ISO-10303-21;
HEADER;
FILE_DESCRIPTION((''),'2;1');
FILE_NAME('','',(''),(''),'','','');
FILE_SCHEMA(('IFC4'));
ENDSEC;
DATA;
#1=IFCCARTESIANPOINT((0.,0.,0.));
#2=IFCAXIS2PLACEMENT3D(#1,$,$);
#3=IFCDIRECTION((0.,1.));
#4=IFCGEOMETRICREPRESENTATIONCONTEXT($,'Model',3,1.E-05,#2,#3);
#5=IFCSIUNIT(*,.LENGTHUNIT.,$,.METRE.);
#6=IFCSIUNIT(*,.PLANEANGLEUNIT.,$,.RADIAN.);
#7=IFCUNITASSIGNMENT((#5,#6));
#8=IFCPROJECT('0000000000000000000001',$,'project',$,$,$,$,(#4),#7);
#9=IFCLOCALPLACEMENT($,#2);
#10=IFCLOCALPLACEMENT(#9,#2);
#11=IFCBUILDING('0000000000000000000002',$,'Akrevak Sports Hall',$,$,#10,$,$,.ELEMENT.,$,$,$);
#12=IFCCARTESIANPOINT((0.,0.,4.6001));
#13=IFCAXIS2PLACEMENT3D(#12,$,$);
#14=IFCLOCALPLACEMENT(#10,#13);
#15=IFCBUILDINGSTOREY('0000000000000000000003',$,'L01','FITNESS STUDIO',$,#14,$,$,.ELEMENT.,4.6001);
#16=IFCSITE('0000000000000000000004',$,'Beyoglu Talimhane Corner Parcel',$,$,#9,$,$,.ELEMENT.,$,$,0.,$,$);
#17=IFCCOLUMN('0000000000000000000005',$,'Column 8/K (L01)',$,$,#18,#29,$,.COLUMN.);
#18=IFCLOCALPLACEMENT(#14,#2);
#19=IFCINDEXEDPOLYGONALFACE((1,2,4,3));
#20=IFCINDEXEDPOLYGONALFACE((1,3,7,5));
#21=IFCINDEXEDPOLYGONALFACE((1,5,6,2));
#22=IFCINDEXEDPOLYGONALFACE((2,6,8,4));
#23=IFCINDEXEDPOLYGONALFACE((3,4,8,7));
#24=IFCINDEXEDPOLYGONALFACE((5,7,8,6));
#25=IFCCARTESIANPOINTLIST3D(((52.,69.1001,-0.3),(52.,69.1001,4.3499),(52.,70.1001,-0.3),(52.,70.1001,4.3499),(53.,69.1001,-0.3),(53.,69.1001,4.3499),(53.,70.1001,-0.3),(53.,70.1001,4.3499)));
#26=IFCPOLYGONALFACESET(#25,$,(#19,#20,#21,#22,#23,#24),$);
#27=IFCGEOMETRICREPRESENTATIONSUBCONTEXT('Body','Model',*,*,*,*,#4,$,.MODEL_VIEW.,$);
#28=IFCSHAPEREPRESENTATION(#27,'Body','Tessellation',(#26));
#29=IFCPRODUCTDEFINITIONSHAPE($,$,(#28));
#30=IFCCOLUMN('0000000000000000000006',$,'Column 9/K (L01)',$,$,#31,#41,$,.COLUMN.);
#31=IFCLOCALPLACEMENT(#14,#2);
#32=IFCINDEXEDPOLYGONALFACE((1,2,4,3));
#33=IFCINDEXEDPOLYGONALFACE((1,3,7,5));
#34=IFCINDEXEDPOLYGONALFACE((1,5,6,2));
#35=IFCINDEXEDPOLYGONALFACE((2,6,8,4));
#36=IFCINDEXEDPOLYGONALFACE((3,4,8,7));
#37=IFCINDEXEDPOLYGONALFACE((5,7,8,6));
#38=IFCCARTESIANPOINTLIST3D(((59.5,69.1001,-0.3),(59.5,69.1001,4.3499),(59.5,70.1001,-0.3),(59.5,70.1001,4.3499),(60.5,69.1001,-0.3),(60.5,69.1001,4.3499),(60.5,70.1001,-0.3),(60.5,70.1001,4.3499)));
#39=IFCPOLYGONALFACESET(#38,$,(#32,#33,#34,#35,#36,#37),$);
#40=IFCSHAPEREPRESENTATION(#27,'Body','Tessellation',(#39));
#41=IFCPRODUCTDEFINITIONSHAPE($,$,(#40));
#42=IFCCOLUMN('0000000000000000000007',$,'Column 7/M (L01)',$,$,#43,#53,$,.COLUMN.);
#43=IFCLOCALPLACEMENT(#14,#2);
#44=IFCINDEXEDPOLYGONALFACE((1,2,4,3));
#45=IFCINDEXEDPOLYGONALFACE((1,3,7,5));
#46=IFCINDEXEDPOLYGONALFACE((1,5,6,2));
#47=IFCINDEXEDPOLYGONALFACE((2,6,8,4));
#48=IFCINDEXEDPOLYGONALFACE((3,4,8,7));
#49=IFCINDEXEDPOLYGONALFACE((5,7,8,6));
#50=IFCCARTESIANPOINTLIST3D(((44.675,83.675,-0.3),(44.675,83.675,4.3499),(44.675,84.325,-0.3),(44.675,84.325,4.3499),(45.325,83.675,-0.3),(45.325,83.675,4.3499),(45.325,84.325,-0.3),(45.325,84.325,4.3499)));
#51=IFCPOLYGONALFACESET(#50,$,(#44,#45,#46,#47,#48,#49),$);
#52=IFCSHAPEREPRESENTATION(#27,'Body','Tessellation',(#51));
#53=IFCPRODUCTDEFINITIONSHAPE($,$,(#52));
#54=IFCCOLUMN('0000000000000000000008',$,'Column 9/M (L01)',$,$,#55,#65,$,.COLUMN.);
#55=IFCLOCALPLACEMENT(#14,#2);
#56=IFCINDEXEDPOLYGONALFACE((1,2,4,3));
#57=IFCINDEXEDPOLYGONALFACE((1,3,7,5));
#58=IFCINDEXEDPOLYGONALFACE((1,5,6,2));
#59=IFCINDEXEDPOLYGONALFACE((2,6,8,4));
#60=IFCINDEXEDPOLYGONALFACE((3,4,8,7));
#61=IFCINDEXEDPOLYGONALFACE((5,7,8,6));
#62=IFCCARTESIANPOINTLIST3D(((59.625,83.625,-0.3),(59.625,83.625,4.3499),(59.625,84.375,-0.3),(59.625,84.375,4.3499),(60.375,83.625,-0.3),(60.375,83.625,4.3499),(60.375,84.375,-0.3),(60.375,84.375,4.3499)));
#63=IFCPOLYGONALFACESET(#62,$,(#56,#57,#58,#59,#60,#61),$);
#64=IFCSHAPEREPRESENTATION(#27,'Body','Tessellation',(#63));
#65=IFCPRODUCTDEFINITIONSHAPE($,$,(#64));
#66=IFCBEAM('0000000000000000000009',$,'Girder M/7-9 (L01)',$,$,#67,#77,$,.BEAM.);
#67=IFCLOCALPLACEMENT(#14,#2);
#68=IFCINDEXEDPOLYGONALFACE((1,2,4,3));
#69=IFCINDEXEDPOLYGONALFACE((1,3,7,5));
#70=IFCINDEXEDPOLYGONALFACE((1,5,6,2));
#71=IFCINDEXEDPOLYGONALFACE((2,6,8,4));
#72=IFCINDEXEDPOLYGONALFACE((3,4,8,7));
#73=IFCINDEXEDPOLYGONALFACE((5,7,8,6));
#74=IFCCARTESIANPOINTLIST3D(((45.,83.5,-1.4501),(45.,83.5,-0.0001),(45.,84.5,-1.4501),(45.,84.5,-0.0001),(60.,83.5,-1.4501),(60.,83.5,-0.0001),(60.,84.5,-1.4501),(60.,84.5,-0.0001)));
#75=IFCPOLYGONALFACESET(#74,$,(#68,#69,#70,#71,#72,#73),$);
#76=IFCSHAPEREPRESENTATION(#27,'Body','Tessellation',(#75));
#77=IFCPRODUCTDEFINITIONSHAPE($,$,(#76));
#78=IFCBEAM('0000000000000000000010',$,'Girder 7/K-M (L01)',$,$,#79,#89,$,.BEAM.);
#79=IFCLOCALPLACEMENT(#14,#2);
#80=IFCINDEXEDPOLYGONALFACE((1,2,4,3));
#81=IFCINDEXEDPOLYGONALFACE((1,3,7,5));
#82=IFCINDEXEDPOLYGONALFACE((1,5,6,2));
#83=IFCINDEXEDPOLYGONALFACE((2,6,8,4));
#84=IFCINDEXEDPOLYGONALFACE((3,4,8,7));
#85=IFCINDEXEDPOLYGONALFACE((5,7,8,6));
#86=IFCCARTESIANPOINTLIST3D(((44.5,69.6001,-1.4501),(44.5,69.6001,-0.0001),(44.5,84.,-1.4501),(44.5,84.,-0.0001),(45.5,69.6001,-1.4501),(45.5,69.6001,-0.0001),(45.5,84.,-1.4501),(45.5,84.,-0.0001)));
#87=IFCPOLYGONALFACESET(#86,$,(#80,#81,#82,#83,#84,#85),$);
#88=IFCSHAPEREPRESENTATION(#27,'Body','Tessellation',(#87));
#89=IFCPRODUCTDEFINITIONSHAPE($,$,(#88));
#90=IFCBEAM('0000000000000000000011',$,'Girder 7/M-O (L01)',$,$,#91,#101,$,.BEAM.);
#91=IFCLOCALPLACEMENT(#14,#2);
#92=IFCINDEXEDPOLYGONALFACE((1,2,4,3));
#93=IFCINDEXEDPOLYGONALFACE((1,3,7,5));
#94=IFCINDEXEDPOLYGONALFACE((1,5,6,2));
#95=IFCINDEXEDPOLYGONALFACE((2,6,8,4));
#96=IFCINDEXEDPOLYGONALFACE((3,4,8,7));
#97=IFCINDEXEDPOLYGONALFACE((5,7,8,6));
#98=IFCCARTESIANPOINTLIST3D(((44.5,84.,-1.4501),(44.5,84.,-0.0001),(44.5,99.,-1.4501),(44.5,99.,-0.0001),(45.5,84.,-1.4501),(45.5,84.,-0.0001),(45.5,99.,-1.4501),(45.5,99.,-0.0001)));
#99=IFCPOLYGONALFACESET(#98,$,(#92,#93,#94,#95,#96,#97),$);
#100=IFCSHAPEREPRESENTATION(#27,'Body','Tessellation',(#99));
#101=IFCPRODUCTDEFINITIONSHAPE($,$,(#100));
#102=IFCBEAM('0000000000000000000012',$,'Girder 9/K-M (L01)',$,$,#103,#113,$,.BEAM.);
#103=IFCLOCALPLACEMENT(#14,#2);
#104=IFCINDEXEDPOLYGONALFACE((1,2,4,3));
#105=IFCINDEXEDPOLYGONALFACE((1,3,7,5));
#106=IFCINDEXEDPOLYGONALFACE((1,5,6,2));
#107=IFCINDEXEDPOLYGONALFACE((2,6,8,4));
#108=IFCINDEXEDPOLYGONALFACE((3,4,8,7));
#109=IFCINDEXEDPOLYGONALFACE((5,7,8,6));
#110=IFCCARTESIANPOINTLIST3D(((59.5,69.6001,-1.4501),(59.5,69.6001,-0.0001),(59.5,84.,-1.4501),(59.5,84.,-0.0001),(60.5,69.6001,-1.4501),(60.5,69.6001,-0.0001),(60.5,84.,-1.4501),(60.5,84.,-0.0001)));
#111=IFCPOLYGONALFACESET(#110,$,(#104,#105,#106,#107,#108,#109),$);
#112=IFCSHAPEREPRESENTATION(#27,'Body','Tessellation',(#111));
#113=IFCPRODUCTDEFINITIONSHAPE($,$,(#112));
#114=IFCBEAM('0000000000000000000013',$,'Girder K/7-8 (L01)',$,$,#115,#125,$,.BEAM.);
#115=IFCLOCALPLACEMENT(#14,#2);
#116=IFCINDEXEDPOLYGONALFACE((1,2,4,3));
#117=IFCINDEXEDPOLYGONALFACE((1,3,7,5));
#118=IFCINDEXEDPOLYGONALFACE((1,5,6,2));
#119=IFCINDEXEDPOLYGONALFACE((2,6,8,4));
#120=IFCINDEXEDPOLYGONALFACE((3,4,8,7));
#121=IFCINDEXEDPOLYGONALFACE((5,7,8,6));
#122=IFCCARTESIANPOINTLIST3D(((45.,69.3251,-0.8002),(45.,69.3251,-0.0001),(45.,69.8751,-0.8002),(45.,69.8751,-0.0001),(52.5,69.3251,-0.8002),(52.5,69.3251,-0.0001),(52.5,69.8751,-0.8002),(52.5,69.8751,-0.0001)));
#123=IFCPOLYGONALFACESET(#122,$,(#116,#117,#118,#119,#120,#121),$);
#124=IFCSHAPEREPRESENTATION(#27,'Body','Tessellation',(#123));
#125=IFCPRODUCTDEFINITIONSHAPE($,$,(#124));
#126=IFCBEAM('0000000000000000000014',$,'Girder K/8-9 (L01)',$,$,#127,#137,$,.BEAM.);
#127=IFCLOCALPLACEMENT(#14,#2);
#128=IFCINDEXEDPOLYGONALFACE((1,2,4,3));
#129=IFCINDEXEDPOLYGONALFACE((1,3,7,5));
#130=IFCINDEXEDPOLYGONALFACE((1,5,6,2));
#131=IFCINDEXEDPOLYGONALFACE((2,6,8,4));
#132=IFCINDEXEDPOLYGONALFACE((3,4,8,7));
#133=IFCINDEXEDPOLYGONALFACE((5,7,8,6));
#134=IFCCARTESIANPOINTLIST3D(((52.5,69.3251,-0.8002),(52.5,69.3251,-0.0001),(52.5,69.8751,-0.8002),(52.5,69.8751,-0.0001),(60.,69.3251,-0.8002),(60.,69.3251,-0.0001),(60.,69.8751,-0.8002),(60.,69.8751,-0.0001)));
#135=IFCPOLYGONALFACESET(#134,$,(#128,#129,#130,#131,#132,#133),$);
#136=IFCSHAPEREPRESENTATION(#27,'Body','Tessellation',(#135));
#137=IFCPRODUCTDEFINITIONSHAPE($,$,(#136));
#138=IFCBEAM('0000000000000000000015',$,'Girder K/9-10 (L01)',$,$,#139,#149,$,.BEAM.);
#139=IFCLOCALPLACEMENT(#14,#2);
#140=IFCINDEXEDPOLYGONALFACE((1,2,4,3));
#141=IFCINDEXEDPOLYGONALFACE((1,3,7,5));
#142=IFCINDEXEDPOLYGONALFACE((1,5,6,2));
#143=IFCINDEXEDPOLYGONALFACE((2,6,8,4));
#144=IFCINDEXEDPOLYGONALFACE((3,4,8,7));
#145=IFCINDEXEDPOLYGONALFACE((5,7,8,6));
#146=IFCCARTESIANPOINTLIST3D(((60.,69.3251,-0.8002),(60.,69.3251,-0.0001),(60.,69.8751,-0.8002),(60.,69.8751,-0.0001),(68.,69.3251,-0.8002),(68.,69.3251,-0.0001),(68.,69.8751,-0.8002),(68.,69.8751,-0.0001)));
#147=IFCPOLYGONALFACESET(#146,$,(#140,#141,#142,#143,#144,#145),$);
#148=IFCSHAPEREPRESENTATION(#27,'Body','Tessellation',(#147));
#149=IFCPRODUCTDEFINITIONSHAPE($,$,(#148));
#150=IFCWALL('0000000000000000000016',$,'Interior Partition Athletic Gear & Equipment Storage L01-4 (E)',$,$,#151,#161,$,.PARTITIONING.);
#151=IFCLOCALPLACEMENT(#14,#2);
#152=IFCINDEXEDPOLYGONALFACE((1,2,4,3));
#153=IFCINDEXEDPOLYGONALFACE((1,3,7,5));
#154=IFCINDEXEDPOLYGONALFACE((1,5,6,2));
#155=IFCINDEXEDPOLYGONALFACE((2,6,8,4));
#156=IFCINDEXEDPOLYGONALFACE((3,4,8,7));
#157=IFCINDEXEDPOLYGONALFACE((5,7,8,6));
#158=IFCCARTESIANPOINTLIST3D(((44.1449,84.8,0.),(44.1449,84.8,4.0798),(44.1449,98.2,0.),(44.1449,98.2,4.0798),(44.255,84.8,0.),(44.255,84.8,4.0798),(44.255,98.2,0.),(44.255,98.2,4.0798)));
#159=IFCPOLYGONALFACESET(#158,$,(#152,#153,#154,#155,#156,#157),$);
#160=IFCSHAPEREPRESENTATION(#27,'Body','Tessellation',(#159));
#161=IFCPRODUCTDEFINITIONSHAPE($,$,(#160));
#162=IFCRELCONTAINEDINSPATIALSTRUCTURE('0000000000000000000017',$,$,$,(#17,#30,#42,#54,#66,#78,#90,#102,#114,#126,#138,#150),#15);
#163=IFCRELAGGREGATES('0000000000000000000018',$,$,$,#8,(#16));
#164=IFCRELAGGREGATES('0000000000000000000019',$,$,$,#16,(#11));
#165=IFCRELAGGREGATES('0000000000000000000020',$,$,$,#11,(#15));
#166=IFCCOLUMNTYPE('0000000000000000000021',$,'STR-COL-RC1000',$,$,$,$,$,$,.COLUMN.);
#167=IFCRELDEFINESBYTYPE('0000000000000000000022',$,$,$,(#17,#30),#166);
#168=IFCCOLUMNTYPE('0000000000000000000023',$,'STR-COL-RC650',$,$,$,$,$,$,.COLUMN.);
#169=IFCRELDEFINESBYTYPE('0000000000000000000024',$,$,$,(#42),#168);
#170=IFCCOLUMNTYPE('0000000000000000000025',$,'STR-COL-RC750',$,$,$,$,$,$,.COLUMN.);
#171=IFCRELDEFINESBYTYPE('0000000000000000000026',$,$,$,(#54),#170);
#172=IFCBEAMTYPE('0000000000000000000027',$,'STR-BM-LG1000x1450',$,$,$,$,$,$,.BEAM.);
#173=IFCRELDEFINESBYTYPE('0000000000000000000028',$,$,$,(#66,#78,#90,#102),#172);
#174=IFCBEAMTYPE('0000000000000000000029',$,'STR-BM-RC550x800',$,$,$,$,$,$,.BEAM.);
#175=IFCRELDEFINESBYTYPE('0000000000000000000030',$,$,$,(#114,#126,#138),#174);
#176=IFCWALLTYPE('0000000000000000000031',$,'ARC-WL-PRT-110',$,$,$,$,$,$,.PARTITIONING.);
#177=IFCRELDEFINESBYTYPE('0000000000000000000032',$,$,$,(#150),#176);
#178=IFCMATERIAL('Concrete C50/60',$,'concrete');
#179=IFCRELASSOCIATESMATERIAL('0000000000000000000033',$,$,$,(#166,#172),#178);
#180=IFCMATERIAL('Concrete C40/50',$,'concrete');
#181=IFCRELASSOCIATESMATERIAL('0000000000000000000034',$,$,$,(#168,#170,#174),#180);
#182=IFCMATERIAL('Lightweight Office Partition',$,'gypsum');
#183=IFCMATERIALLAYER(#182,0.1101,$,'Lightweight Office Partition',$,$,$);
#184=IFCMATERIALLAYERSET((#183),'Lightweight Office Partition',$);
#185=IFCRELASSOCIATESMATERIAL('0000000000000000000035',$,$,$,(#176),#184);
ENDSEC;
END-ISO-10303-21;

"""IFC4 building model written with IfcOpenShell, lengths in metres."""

from ifc_helpers import new_model, si_unit, direction, frame, frame_2d, origin, origin_2d, place, context, subcontext, project, spatial, rectangle, extrude, material, layer, layer_set, material_profile, profile_set, type_object, element, save


model = new_model("IFC4")

# Units and contexts
model_context = context("Model", 3, precision=1e-05, world=origin(), true_north=direction((0.0, 1.0)))
body_context = subcontext(model_context, "Body", "Model", "MODEL_VIEW")
ifc_project = project(units=[si_unit("LENGTHUNIT", "METRE"), si_unit("PLANEANGLEUNIT", "RADIAN")], contexts=[model_context])

# Site, building, storey
site_placement = place(None, origin())
site = spatial("IfcSite", under=ifc_project, at=site_placement, Name="Beyoglu Talimhane Corner Parcel", CompositionType="ELEMENT", RefElevation=0.0)
building_placement = place(site_placement, origin())
building = spatial("IfcBuilding", under=site, at=building_placement, Name="Akrevak Sports Hall", CompositionType="ELEMENT")
storey_placement = place(building_placement, frame((0.0, 0.0, 4.6001)))
storey = spatial("IfcBuildingStorey", under=building, at=storey_placement, Name="L01", Description="FITNESS STUDIO", CompositionType="ELEMENT", Elevation=4.6001)

# Columns
ifc_material_1 = material(Name="Concrete C50/60", Category="concrete")
ifc_material_profile_1 = material_profile(ifc_material_1, rectangle(XDim=1.0, YDim=1.0, at=origin_2d()), Name="RC 1000x1000", Category="concrete")
ifc_profile_set_1 = profile_set([ifc_material_profile_1], Name="Concrete C50/60")
column_type_1 = type_object("IfcColumnType", Name="STR-COL-RC1000", PredefinedType="COLUMN", material=ifc_profile_set_1)
for number, where, z_axis, x_axis, name in (
    (1, (52.5, 69.6001, -0.3), (0.0, 0.0, 1.0), (1.0, 0.0, 0.0), "Column 8/K (L01)"),
    (2, (60.0, 69.6001, -0.3), (0.0, 0.0, 1.0), (1.0, 0.0, 0.0), "Column 9/K (L01)"),
):
    element("IfcColumn", number, at=place(storey_placement, frame(where, z_axis=z_axis, x_axis=x_axis)), inside=storey, type_object=column_type_1, Name=name, PredefinedType="COLUMN", context=body_context, shape_type="SweptSolid", body=[
        extrude(rectangle(XDim=1.0, YDim=1.0, at=origin_2d()), origin(), (0.0, 0.0, 1.0), 4.6499),
    ])
ifc_material_2 = material(Name="Concrete C40/50", Category="concrete")
ifc_material_profile_2 = material_profile(ifc_material_2, rectangle(XDim=0.6499, YDim=0.6499, at=origin_2d()), Name="RC 650x650", Category="concrete")
ifc_profile_set_2 = profile_set([ifc_material_profile_2], Name="Concrete C40/50")
column_type_2 = type_object("IfcColumnType", Name="STR-COL-RC650", PredefinedType="COLUMN", material=ifc_profile_set_2)
column_1_placement = place(storey_placement, frame((45.0, 84.0, -0.3), z_axis=(0.0, 0.0, 1.0), x_axis=(1.0, 0.0, 0.0)))
element("IfcColumn", 3, at=column_1_placement, inside=storey, type_object=column_type_2, Name="Column 7/M (L01)", PredefinedType="COLUMN", context=body_context, shape_type="SweptSolid", body=[
    extrude(rectangle(XDim=0.6499, YDim=0.6499, at=origin_2d()), origin(), (0.0, 0.0, 1.0), 4.6499),
])
ifc_material_profile_3 = material_profile(ifc_material_2, rectangle(XDim=0.75, YDim=0.75, at=origin_2d()), Name="RC 750x750", Category="concrete")
ifc_profile_set_3 = profile_set([ifc_material_profile_3], Name="Concrete C40/50")
column_type_3 = type_object("IfcColumnType", Name="STR-COL-RC750", PredefinedType="COLUMN", material=ifc_profile_set_3)
column_2_placement = place(storey_placement, frame((60.0, 84.0, -0.3), z_axis=(0.0, 0.0, 1.0), x_axis=(1.0, 0.0, 0.0)))
element("IfcColumn", 4, at=column_2_placement, inside=storey, type_object=column_type_3, Name="Column 9/M (L01)", PredefinedType="COLUMN", context=body_context, shape_type="SweptSolid", body=[
    extrude(rectangle(XDim=0.75, YDim=0.75, at=origin_2d()), origin(), (0.0, 0.0, 1.0), 4.6499),
])

# Beams
ifc_material_profile_4 = material_profile(ifc_material_1, rectangle(XDim=1.0, YDim=1.45, at=origin_2d()), Name="BM 1000x1450", Category="concrete")
ifc_profile_set_4 = profile_set([ifc_material_profile_4], Name="Concrete C50/60")
beam_type_1 = type_object("IfcBeamType", Name="STR-BM-LG1000x1450", PredefinedType="BEAM", material=ifc_profile_set_4)
beam_1_placement = place(storey_placement, frame((45.0, 84.0, -0.7251), z_axis=(1.0, 0.0, 0.0), x_axis=(0.0, 1.0, 0.0)))
element("IfcBeam", 5, at=beam_1_placement, inside=storey, type_object=beam_type_1, Name="Girder M/7-9 (L01)", PredefinedType="BEAM", context=body_context, shape_type="SweptSolid", body=[
    extrude(rectangle(XDim=1.0, YDim=1.45, at=origin_2d()), origin(), (0.0, 0.0, 1.0), 15.0),
])
beam_2_placement = place(storey_placement, frame((45.0, 69.6001, -0.7251), z_axis=(0.0, 1.0, 0.0), x_axis=(-1.0, 0.0, 0.0)))
element("IfcBeam", 6, at=beam_2_placement, inside=storey, type_object=beam_type_1, Name="Girder 7/K-M (L01)", PredefinedType="BEAM", context=body_context, shape_type="SweptSolid", body=[
    extrude(rectangle(XDim=1.0, YDim=1.45, at=origin_2d()), origin(), (0.0, 0.0, 1.0), 14.3999),
])
beam_3_placement = place(storey_placement, frame((45.0, 84.0, -0.7251), z_axis=(0.0, 1.0, 0.0), x_axis=(-1.0, 0.0, 0.0)))
element("IfcBeam", 7, at=beam_3_placement, inside=storey, type_object=beam_type_1, Name="Girder 7/M-O (L01)", PredefinedType="BEAM", context=body_context, shape_type="SweptSolid", body=[
    extrude(rectangle(XDim=1.0, YDim=1.45, at=origin_2d()), origin(), (0.0, 0.0, 1.0), 15.0),
])
beam_4_placement = place(storey_placement, frame((60.0, 69.6001, -0.7251), z_axis=(0.0, 1.0, 0.0), x_axis=(-1.0, 0.0, 0.0)))
element("IfcBeam", 8, at=beam_4_placement, inside=storey, type_object=beam_type_1, Name="Girder 9/K-M (L01)", PredefinedType="BEAM", context=body_context, shape_type="SweptSolid", body=[
    extrude(rectangle(XDim=1.0, YDim=1.45, at=origin_2d()), origin(), (0.0, 0.0, 1.0), 14.3999),
])
ifc_material_profile_5 = material_profile(ifc_material_2, rectangle(XDim=0.55, YDim=0.8, at=origin_2d()), Name="BM 550x800", Category="concrete")
ifc_profile_set_5 = profile_set([ifc_material_profile_5], Name="Concrete C40/50")
beam_type_2 = type_object("IfcBeamType", Name="STR-BM-RC550x800", PredefinedType="BEAM", material=ifc_profile_set_5)
for number, where, z_axis, x_axis, name in (
    (9, (45.0, 69.6001, -0.4001), (1.0, 0.0, 0.0), (0.0, 1.0, 0.0), "Girder K/7-8 (L01)"),
    (10, (52.5, 69.6001, -0.4001), (1.0, 0.0, 0.0), (0.0, 1.0, 0.0), "Girder K/8-9 (L01)"),
):
    element("IfcBeam", number, at=place(storey_placement, frame(where, z_axis=z_axis, x_axis=x_axis)), inside=storey, type_object=beam_type_2, Name=name, PredefinedType="BEAM", context=body_context, shape_type="SweptSolid", body=[
        extrude(rectangle(XDim=0.55, YDim=0.8, at=origin_2d()), origin(), (0.0, 0.0, 1.0), 7.5),
    ])
beam_5_placement = place(storey_placement, frame((60.0, 69.6001, -0.4001), z_axis=(1.0, 0.0, 0.0), x_axis=(0.0, 1.0, 0.0)))
element("IfcBeam", 11, at=beam_5_placement, inside=storey, type_object=beam_type_2, Name="Girder K/9-10 (L01)", PredefinedType="BEAM", context=body_context, shape_type="SweptSolid", body=[
    extrude(rectangle(XDim=0.55, YDim=0.8, at=origin_2d()), origin(), (0.0, 0.0, 1.0), 8.0),
])

# Wall
ifc_material_3 = material(Name="Lightweight Office Partition", Category="gypsum")
ifc_layer_1 = layer(ifc_material_3, 0.1101, Name="Lightweight Office Partition")
ifc_layer_set_1 = layer_set([ifc_layer_1], Name="Lightweight Office Partition")
wall_type_1 = type_object("IfcWallType", Name="ARC-WL-PRT-110", PredefinedType="PARTITIONING", material=ifc_layer_set_1)
wall_1_placement = place(storey_placement, frame((44.2, 84.8, 0.0), z_axis=(0.0, 0.0, 1.0), x_axis=(0.0, 1.0, 0.0)))
element("IfcWall", 12, at=wall_1_placement, inside=storey, type_object=wall_type_1, Name="Interior Partition Athletic Gear & Equipment Storage L01-4 (E)", PredefinedType="PARTITIONING", context=body_context, shape_type="SweptSolid", body=[
    extrude(rectangle(XDim=13.3999, YDim=0.1101, at=frame_2d((6.7, 0.0))), origin(), (0.0, 0.0, 1.0), 4.0798),
])

save(model, "model.ifc")
